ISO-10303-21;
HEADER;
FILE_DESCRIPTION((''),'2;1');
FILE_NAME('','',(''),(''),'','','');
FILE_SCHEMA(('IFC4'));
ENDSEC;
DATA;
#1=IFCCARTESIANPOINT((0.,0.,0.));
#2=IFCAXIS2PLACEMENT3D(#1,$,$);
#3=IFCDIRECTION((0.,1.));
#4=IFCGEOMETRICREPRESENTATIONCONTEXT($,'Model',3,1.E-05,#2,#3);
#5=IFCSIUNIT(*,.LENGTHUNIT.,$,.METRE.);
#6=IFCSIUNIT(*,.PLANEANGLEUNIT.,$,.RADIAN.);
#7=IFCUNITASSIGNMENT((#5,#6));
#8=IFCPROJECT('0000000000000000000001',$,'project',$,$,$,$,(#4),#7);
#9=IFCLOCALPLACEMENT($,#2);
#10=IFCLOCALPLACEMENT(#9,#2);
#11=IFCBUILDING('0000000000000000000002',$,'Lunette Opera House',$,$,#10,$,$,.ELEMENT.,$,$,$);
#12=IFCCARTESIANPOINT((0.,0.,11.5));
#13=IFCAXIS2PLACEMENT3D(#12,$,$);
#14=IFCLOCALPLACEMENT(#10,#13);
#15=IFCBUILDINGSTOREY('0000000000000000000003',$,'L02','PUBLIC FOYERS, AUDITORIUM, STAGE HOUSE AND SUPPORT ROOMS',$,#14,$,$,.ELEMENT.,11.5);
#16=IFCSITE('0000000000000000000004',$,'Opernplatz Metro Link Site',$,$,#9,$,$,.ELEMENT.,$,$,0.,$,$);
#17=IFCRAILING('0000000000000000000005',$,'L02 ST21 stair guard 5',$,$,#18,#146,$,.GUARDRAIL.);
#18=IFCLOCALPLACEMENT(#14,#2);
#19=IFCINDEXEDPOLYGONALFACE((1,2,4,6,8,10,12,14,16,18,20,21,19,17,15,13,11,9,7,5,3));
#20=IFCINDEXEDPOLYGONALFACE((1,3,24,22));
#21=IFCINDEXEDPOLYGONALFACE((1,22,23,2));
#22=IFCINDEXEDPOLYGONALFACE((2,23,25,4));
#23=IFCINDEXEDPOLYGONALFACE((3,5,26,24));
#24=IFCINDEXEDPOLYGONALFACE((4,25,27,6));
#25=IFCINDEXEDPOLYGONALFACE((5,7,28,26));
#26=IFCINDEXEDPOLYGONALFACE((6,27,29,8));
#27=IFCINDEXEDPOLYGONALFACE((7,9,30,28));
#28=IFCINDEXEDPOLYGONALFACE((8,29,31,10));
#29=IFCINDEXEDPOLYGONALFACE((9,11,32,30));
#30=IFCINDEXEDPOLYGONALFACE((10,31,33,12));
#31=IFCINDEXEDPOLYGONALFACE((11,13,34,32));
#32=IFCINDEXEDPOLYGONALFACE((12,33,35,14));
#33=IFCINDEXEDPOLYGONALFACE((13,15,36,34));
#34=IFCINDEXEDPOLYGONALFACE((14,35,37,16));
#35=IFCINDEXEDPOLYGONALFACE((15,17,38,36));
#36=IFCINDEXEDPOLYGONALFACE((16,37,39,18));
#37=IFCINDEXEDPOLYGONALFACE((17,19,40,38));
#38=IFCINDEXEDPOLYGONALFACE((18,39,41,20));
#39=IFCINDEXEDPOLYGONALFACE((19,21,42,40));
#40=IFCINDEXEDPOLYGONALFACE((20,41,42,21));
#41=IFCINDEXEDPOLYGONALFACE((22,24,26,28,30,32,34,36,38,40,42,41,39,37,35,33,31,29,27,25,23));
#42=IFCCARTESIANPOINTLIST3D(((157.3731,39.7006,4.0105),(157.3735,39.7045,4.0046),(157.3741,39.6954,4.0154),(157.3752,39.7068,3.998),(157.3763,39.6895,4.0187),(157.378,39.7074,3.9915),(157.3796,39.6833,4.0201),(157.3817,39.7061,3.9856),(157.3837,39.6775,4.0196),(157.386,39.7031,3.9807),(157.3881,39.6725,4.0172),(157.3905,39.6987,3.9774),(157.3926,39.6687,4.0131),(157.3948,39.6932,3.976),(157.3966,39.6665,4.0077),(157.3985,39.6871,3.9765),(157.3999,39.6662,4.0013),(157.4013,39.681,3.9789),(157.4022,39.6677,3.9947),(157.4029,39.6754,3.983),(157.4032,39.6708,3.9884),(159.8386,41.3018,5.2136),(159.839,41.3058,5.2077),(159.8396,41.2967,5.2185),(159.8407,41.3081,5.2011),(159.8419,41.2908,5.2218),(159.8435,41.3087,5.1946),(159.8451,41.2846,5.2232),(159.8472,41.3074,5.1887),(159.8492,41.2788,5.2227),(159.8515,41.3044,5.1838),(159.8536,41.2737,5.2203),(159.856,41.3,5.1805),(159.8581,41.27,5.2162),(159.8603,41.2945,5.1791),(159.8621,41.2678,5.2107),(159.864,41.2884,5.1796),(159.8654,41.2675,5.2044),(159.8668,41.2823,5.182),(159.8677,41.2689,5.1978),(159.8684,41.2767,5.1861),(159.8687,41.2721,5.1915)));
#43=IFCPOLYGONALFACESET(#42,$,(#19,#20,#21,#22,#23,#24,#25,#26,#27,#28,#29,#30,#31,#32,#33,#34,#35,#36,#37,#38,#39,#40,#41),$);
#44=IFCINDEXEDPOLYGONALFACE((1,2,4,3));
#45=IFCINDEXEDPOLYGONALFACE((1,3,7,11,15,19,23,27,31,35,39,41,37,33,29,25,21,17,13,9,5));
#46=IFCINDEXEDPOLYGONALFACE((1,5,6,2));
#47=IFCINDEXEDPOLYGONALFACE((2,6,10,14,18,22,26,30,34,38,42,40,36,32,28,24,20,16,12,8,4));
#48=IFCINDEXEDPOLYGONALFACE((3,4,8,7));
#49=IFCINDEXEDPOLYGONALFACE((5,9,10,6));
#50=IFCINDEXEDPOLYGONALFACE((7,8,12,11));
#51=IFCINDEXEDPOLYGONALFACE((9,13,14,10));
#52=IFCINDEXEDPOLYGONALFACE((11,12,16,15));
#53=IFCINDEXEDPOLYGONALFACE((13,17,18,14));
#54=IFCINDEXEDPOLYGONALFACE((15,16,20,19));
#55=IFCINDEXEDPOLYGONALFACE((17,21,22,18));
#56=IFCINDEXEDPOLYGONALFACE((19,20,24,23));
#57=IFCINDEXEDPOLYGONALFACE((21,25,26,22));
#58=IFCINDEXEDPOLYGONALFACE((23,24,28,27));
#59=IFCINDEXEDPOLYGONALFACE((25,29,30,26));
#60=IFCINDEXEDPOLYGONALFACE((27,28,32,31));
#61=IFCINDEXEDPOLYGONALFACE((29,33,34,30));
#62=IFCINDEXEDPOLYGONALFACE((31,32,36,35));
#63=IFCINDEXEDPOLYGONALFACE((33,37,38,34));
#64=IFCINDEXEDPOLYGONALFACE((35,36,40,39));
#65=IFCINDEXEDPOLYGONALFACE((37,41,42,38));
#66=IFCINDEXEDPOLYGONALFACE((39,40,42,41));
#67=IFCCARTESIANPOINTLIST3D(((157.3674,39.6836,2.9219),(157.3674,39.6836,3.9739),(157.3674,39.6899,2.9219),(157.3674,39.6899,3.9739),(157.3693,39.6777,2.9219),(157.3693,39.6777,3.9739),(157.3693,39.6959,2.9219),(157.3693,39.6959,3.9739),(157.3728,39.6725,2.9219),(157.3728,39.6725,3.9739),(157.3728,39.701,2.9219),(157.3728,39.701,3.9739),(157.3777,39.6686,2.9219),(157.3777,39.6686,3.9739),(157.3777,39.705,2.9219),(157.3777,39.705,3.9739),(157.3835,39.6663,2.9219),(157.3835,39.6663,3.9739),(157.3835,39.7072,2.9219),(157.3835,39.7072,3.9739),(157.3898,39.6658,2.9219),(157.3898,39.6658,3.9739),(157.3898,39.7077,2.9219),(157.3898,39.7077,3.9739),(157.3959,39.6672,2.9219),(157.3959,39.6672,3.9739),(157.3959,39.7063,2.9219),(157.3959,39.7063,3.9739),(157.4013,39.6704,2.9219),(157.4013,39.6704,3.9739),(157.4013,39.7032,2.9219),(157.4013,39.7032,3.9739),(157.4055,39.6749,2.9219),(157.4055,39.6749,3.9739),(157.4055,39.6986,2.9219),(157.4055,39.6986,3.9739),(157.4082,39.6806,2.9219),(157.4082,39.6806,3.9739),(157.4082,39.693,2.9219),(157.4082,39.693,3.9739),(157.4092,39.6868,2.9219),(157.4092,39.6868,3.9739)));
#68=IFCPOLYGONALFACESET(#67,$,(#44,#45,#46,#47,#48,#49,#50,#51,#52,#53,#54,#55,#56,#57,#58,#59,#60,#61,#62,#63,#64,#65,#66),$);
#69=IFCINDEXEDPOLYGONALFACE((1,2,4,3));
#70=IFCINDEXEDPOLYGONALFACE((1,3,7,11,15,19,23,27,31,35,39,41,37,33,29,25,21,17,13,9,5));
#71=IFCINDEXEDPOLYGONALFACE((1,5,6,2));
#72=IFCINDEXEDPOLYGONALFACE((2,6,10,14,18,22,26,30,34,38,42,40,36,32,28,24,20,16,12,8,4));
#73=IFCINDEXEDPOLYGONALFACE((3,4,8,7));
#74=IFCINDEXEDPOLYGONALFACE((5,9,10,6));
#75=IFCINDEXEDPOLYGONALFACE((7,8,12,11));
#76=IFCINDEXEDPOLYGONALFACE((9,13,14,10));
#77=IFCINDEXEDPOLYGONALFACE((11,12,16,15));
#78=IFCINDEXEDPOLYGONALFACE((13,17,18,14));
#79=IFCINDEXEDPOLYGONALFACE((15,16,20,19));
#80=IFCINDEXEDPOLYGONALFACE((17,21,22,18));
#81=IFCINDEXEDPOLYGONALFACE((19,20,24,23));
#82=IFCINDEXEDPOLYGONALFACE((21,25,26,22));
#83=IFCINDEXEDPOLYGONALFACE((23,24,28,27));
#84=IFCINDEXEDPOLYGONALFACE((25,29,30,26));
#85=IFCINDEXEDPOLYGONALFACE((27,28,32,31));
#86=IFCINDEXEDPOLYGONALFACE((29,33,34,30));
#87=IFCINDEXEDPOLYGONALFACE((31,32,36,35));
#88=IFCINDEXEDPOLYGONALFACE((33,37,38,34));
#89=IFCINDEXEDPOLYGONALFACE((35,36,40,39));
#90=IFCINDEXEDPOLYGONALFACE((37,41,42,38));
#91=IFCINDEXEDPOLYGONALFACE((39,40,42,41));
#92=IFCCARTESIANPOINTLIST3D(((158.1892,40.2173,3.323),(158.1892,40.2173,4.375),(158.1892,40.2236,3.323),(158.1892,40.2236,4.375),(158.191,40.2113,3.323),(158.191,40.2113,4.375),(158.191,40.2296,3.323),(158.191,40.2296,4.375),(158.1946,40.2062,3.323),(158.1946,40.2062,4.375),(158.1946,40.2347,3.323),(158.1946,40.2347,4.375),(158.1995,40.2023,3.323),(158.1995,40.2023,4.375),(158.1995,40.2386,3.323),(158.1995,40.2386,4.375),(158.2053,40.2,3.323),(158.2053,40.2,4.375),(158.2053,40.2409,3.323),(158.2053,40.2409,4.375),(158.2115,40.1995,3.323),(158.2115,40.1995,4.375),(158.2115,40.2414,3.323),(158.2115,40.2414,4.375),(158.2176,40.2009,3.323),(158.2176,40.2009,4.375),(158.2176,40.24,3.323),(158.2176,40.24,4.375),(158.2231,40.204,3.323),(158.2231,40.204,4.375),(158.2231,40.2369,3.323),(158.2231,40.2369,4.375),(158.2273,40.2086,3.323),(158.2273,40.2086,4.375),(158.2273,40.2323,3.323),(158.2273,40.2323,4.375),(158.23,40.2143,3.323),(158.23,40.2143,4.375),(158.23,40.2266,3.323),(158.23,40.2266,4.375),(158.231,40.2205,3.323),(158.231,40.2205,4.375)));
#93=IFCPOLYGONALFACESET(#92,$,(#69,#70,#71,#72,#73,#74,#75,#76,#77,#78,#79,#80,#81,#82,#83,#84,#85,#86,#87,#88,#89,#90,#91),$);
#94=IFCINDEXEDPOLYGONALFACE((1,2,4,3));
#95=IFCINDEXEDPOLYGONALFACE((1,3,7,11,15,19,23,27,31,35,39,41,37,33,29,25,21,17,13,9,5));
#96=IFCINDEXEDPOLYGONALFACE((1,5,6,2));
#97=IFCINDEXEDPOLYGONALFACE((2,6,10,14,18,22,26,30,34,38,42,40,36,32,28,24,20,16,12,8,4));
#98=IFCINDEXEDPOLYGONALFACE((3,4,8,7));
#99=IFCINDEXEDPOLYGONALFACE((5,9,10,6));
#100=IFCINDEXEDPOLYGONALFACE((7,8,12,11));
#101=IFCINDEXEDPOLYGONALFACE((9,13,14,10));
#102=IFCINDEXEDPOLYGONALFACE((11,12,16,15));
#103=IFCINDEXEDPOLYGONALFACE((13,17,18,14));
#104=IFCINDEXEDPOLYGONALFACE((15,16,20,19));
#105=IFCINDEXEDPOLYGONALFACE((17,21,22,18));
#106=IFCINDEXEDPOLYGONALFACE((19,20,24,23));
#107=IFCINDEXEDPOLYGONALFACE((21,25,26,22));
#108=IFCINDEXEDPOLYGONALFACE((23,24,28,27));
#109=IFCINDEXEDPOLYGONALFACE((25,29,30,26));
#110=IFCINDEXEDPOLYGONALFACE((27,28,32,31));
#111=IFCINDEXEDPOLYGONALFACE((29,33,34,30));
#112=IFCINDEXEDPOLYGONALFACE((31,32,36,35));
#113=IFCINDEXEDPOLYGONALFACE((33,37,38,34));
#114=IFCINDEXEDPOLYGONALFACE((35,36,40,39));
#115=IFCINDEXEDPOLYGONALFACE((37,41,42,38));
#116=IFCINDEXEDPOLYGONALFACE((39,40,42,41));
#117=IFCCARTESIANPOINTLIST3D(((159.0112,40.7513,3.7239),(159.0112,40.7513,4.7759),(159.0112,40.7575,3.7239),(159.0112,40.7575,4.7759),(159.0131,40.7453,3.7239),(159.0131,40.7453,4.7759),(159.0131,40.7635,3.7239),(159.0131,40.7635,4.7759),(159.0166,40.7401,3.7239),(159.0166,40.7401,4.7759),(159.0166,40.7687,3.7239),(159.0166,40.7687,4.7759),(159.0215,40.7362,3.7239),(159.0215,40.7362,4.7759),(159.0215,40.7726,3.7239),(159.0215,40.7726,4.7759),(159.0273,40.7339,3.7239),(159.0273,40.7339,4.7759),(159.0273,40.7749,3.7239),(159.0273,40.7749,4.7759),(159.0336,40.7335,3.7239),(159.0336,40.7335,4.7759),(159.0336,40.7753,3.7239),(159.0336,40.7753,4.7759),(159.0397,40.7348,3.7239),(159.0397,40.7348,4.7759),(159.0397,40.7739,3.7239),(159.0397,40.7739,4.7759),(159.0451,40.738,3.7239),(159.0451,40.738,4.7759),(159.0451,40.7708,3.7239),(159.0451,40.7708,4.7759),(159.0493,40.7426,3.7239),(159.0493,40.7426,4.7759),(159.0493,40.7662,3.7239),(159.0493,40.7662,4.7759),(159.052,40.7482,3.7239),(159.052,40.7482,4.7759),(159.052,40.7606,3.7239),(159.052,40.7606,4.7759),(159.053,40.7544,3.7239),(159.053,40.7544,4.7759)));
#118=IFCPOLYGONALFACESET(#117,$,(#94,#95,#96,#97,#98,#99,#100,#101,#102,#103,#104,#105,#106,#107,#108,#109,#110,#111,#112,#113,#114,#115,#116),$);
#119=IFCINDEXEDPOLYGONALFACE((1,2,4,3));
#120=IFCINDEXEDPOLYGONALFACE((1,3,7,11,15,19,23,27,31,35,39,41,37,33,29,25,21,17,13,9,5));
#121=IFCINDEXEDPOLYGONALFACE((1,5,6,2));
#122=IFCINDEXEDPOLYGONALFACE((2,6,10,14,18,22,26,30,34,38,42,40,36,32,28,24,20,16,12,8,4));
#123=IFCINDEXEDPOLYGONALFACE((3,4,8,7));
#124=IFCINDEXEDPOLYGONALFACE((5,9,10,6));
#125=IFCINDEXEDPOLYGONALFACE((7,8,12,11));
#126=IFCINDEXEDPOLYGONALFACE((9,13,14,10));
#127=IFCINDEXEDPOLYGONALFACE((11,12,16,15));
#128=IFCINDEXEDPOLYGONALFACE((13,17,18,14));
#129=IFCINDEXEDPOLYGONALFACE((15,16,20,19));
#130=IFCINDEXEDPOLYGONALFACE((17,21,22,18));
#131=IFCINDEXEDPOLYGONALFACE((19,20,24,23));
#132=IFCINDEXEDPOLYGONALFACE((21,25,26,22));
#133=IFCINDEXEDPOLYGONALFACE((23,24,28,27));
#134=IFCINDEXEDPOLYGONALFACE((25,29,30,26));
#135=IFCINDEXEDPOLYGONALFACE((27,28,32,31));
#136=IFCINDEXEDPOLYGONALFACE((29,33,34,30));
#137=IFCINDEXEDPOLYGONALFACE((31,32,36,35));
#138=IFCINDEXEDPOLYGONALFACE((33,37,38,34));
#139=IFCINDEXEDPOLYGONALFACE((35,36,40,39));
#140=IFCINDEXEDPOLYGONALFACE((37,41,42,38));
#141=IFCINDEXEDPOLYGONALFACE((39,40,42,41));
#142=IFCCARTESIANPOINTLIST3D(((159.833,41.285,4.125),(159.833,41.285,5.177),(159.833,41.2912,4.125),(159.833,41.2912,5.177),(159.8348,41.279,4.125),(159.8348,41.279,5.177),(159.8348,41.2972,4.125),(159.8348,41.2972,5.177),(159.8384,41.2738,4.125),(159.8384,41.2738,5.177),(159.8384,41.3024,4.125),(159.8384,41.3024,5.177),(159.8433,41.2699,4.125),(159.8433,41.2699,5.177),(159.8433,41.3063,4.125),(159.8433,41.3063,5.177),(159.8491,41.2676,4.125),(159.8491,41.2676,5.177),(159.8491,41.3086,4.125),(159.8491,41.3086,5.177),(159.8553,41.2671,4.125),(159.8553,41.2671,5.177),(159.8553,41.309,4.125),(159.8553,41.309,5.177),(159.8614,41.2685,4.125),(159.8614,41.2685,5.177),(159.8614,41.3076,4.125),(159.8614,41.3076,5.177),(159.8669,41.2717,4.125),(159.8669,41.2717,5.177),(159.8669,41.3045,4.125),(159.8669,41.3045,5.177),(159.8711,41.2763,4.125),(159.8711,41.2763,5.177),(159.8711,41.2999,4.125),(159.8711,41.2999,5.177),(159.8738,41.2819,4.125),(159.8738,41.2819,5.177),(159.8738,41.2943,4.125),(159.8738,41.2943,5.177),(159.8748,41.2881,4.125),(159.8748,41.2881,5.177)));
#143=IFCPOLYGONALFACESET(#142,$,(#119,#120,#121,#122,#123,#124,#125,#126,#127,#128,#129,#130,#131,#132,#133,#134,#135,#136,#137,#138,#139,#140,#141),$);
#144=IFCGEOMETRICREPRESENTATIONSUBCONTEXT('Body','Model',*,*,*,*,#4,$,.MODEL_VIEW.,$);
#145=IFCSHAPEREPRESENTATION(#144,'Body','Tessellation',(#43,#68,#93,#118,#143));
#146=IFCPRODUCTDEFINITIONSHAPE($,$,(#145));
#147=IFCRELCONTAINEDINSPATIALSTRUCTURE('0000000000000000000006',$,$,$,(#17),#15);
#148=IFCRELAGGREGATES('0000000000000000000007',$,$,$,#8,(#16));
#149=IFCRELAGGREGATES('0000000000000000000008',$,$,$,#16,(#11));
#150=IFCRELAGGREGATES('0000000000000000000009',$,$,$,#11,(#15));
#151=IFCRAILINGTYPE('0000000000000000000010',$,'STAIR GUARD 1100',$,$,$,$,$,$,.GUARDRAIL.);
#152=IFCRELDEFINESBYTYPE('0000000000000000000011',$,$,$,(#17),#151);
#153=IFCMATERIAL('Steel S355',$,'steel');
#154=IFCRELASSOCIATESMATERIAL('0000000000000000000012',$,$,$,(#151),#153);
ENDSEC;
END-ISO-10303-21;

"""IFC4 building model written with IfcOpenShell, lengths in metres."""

from ifc_helpers import new_model, si_unit, direction, frame, origin, origin_2d, place, context, subcontext, project, spatial, circle, extrude, material, type_object, element, save


model = new_model("IFC4")

# Units and contexts
model_context = context("Model", 3, precision=1e-05, world=origin(), true_north=direction((0.0, 1.0)))
body_context = subcontext(model_context, "Body", "Model", "MODEL_VIEW")
ifc_project = project(units=[si_unit("LENGTHUNIT", "METRE"), si_unit("PLANEANGLEUNIT", "RADIAN")], contexts=[model_context])

# Site, building, storey
site_placement = place(None, origin())
site = spatial("IfcSite", under=ifc_project, at=site_placement, Name="Opernplatz Metro Link Site", CompositionType="ELEMENT", RefElevation=0.0)
building_placement = place(site_placement, origin())
building = spatial("IfcBuilding", under=site, at=building_placement, Name="Lunette Opera House", CompositionType="ELEMENT")
storey_placement = place(building_placement, frame((0.0, 0.0, 11.5)))
storey = spatial("IfcBuildingStorey", under=building, at=storey_placement, Name="L02", Description="PUBLIC FOYERS, AUDITORIUM, STAGE HOUSE AND SUPPORT ROOMS", CompositionType="ELEMENT", Elevation=11.5)

# Railing
ifc_material_1 = material(Name="Steel S355", Category="steel")
railing_type = type_object("IfcRailingType", Name="STAIR GUARD 1100", PredefinedType="GUARDRAIL", material=ifc_material_1)
railing_1_placement = place(storey_placement, frame((157.3882, 39.6868, 2.9219)))
element("IfcRailing", 1, at=railing_1_placement, inside=storey, type_object=railing_type, Name="L02 ST21 stair guard 5", PredefinedType="GUARDRAIL", context=body_context, shape_type="SweptSolid", body=[
    extrude(circle(Radius=0.0239, at=origin_2d()), frame((0.0, 0.0, 1.0762), z_axis=(0.776168, 0.504098, 0.378746), x_axis=(-0.544676, 0.838647, 0.0)), (0.0, 0.0, 1.0), 3.1765),
    extrude(circle(Radius=0.021, at=origin_2d()), origin(), (0.0, 0.0, 1.0), 1.052),
    extrude(circle(Radius=0.021, at=origin_2d()), frame((0.8218, 0.5337, 0.4011)), (0.0, 0.0, 1.0), 1.052),
    extrude(circle(Radius=0.021, at=origin_2d()), frame((1.6438, 1.0676, 0.802)), (0.0, 0.0, 1.0), 1.052),
    extrude(circle(Radius=0.021, at=origin_2d()), frame((2.4656, 1.6013, 1.2031)), (0.0, 0.0, 1.0), 1.052),
])

save(model, "model.ifc")
